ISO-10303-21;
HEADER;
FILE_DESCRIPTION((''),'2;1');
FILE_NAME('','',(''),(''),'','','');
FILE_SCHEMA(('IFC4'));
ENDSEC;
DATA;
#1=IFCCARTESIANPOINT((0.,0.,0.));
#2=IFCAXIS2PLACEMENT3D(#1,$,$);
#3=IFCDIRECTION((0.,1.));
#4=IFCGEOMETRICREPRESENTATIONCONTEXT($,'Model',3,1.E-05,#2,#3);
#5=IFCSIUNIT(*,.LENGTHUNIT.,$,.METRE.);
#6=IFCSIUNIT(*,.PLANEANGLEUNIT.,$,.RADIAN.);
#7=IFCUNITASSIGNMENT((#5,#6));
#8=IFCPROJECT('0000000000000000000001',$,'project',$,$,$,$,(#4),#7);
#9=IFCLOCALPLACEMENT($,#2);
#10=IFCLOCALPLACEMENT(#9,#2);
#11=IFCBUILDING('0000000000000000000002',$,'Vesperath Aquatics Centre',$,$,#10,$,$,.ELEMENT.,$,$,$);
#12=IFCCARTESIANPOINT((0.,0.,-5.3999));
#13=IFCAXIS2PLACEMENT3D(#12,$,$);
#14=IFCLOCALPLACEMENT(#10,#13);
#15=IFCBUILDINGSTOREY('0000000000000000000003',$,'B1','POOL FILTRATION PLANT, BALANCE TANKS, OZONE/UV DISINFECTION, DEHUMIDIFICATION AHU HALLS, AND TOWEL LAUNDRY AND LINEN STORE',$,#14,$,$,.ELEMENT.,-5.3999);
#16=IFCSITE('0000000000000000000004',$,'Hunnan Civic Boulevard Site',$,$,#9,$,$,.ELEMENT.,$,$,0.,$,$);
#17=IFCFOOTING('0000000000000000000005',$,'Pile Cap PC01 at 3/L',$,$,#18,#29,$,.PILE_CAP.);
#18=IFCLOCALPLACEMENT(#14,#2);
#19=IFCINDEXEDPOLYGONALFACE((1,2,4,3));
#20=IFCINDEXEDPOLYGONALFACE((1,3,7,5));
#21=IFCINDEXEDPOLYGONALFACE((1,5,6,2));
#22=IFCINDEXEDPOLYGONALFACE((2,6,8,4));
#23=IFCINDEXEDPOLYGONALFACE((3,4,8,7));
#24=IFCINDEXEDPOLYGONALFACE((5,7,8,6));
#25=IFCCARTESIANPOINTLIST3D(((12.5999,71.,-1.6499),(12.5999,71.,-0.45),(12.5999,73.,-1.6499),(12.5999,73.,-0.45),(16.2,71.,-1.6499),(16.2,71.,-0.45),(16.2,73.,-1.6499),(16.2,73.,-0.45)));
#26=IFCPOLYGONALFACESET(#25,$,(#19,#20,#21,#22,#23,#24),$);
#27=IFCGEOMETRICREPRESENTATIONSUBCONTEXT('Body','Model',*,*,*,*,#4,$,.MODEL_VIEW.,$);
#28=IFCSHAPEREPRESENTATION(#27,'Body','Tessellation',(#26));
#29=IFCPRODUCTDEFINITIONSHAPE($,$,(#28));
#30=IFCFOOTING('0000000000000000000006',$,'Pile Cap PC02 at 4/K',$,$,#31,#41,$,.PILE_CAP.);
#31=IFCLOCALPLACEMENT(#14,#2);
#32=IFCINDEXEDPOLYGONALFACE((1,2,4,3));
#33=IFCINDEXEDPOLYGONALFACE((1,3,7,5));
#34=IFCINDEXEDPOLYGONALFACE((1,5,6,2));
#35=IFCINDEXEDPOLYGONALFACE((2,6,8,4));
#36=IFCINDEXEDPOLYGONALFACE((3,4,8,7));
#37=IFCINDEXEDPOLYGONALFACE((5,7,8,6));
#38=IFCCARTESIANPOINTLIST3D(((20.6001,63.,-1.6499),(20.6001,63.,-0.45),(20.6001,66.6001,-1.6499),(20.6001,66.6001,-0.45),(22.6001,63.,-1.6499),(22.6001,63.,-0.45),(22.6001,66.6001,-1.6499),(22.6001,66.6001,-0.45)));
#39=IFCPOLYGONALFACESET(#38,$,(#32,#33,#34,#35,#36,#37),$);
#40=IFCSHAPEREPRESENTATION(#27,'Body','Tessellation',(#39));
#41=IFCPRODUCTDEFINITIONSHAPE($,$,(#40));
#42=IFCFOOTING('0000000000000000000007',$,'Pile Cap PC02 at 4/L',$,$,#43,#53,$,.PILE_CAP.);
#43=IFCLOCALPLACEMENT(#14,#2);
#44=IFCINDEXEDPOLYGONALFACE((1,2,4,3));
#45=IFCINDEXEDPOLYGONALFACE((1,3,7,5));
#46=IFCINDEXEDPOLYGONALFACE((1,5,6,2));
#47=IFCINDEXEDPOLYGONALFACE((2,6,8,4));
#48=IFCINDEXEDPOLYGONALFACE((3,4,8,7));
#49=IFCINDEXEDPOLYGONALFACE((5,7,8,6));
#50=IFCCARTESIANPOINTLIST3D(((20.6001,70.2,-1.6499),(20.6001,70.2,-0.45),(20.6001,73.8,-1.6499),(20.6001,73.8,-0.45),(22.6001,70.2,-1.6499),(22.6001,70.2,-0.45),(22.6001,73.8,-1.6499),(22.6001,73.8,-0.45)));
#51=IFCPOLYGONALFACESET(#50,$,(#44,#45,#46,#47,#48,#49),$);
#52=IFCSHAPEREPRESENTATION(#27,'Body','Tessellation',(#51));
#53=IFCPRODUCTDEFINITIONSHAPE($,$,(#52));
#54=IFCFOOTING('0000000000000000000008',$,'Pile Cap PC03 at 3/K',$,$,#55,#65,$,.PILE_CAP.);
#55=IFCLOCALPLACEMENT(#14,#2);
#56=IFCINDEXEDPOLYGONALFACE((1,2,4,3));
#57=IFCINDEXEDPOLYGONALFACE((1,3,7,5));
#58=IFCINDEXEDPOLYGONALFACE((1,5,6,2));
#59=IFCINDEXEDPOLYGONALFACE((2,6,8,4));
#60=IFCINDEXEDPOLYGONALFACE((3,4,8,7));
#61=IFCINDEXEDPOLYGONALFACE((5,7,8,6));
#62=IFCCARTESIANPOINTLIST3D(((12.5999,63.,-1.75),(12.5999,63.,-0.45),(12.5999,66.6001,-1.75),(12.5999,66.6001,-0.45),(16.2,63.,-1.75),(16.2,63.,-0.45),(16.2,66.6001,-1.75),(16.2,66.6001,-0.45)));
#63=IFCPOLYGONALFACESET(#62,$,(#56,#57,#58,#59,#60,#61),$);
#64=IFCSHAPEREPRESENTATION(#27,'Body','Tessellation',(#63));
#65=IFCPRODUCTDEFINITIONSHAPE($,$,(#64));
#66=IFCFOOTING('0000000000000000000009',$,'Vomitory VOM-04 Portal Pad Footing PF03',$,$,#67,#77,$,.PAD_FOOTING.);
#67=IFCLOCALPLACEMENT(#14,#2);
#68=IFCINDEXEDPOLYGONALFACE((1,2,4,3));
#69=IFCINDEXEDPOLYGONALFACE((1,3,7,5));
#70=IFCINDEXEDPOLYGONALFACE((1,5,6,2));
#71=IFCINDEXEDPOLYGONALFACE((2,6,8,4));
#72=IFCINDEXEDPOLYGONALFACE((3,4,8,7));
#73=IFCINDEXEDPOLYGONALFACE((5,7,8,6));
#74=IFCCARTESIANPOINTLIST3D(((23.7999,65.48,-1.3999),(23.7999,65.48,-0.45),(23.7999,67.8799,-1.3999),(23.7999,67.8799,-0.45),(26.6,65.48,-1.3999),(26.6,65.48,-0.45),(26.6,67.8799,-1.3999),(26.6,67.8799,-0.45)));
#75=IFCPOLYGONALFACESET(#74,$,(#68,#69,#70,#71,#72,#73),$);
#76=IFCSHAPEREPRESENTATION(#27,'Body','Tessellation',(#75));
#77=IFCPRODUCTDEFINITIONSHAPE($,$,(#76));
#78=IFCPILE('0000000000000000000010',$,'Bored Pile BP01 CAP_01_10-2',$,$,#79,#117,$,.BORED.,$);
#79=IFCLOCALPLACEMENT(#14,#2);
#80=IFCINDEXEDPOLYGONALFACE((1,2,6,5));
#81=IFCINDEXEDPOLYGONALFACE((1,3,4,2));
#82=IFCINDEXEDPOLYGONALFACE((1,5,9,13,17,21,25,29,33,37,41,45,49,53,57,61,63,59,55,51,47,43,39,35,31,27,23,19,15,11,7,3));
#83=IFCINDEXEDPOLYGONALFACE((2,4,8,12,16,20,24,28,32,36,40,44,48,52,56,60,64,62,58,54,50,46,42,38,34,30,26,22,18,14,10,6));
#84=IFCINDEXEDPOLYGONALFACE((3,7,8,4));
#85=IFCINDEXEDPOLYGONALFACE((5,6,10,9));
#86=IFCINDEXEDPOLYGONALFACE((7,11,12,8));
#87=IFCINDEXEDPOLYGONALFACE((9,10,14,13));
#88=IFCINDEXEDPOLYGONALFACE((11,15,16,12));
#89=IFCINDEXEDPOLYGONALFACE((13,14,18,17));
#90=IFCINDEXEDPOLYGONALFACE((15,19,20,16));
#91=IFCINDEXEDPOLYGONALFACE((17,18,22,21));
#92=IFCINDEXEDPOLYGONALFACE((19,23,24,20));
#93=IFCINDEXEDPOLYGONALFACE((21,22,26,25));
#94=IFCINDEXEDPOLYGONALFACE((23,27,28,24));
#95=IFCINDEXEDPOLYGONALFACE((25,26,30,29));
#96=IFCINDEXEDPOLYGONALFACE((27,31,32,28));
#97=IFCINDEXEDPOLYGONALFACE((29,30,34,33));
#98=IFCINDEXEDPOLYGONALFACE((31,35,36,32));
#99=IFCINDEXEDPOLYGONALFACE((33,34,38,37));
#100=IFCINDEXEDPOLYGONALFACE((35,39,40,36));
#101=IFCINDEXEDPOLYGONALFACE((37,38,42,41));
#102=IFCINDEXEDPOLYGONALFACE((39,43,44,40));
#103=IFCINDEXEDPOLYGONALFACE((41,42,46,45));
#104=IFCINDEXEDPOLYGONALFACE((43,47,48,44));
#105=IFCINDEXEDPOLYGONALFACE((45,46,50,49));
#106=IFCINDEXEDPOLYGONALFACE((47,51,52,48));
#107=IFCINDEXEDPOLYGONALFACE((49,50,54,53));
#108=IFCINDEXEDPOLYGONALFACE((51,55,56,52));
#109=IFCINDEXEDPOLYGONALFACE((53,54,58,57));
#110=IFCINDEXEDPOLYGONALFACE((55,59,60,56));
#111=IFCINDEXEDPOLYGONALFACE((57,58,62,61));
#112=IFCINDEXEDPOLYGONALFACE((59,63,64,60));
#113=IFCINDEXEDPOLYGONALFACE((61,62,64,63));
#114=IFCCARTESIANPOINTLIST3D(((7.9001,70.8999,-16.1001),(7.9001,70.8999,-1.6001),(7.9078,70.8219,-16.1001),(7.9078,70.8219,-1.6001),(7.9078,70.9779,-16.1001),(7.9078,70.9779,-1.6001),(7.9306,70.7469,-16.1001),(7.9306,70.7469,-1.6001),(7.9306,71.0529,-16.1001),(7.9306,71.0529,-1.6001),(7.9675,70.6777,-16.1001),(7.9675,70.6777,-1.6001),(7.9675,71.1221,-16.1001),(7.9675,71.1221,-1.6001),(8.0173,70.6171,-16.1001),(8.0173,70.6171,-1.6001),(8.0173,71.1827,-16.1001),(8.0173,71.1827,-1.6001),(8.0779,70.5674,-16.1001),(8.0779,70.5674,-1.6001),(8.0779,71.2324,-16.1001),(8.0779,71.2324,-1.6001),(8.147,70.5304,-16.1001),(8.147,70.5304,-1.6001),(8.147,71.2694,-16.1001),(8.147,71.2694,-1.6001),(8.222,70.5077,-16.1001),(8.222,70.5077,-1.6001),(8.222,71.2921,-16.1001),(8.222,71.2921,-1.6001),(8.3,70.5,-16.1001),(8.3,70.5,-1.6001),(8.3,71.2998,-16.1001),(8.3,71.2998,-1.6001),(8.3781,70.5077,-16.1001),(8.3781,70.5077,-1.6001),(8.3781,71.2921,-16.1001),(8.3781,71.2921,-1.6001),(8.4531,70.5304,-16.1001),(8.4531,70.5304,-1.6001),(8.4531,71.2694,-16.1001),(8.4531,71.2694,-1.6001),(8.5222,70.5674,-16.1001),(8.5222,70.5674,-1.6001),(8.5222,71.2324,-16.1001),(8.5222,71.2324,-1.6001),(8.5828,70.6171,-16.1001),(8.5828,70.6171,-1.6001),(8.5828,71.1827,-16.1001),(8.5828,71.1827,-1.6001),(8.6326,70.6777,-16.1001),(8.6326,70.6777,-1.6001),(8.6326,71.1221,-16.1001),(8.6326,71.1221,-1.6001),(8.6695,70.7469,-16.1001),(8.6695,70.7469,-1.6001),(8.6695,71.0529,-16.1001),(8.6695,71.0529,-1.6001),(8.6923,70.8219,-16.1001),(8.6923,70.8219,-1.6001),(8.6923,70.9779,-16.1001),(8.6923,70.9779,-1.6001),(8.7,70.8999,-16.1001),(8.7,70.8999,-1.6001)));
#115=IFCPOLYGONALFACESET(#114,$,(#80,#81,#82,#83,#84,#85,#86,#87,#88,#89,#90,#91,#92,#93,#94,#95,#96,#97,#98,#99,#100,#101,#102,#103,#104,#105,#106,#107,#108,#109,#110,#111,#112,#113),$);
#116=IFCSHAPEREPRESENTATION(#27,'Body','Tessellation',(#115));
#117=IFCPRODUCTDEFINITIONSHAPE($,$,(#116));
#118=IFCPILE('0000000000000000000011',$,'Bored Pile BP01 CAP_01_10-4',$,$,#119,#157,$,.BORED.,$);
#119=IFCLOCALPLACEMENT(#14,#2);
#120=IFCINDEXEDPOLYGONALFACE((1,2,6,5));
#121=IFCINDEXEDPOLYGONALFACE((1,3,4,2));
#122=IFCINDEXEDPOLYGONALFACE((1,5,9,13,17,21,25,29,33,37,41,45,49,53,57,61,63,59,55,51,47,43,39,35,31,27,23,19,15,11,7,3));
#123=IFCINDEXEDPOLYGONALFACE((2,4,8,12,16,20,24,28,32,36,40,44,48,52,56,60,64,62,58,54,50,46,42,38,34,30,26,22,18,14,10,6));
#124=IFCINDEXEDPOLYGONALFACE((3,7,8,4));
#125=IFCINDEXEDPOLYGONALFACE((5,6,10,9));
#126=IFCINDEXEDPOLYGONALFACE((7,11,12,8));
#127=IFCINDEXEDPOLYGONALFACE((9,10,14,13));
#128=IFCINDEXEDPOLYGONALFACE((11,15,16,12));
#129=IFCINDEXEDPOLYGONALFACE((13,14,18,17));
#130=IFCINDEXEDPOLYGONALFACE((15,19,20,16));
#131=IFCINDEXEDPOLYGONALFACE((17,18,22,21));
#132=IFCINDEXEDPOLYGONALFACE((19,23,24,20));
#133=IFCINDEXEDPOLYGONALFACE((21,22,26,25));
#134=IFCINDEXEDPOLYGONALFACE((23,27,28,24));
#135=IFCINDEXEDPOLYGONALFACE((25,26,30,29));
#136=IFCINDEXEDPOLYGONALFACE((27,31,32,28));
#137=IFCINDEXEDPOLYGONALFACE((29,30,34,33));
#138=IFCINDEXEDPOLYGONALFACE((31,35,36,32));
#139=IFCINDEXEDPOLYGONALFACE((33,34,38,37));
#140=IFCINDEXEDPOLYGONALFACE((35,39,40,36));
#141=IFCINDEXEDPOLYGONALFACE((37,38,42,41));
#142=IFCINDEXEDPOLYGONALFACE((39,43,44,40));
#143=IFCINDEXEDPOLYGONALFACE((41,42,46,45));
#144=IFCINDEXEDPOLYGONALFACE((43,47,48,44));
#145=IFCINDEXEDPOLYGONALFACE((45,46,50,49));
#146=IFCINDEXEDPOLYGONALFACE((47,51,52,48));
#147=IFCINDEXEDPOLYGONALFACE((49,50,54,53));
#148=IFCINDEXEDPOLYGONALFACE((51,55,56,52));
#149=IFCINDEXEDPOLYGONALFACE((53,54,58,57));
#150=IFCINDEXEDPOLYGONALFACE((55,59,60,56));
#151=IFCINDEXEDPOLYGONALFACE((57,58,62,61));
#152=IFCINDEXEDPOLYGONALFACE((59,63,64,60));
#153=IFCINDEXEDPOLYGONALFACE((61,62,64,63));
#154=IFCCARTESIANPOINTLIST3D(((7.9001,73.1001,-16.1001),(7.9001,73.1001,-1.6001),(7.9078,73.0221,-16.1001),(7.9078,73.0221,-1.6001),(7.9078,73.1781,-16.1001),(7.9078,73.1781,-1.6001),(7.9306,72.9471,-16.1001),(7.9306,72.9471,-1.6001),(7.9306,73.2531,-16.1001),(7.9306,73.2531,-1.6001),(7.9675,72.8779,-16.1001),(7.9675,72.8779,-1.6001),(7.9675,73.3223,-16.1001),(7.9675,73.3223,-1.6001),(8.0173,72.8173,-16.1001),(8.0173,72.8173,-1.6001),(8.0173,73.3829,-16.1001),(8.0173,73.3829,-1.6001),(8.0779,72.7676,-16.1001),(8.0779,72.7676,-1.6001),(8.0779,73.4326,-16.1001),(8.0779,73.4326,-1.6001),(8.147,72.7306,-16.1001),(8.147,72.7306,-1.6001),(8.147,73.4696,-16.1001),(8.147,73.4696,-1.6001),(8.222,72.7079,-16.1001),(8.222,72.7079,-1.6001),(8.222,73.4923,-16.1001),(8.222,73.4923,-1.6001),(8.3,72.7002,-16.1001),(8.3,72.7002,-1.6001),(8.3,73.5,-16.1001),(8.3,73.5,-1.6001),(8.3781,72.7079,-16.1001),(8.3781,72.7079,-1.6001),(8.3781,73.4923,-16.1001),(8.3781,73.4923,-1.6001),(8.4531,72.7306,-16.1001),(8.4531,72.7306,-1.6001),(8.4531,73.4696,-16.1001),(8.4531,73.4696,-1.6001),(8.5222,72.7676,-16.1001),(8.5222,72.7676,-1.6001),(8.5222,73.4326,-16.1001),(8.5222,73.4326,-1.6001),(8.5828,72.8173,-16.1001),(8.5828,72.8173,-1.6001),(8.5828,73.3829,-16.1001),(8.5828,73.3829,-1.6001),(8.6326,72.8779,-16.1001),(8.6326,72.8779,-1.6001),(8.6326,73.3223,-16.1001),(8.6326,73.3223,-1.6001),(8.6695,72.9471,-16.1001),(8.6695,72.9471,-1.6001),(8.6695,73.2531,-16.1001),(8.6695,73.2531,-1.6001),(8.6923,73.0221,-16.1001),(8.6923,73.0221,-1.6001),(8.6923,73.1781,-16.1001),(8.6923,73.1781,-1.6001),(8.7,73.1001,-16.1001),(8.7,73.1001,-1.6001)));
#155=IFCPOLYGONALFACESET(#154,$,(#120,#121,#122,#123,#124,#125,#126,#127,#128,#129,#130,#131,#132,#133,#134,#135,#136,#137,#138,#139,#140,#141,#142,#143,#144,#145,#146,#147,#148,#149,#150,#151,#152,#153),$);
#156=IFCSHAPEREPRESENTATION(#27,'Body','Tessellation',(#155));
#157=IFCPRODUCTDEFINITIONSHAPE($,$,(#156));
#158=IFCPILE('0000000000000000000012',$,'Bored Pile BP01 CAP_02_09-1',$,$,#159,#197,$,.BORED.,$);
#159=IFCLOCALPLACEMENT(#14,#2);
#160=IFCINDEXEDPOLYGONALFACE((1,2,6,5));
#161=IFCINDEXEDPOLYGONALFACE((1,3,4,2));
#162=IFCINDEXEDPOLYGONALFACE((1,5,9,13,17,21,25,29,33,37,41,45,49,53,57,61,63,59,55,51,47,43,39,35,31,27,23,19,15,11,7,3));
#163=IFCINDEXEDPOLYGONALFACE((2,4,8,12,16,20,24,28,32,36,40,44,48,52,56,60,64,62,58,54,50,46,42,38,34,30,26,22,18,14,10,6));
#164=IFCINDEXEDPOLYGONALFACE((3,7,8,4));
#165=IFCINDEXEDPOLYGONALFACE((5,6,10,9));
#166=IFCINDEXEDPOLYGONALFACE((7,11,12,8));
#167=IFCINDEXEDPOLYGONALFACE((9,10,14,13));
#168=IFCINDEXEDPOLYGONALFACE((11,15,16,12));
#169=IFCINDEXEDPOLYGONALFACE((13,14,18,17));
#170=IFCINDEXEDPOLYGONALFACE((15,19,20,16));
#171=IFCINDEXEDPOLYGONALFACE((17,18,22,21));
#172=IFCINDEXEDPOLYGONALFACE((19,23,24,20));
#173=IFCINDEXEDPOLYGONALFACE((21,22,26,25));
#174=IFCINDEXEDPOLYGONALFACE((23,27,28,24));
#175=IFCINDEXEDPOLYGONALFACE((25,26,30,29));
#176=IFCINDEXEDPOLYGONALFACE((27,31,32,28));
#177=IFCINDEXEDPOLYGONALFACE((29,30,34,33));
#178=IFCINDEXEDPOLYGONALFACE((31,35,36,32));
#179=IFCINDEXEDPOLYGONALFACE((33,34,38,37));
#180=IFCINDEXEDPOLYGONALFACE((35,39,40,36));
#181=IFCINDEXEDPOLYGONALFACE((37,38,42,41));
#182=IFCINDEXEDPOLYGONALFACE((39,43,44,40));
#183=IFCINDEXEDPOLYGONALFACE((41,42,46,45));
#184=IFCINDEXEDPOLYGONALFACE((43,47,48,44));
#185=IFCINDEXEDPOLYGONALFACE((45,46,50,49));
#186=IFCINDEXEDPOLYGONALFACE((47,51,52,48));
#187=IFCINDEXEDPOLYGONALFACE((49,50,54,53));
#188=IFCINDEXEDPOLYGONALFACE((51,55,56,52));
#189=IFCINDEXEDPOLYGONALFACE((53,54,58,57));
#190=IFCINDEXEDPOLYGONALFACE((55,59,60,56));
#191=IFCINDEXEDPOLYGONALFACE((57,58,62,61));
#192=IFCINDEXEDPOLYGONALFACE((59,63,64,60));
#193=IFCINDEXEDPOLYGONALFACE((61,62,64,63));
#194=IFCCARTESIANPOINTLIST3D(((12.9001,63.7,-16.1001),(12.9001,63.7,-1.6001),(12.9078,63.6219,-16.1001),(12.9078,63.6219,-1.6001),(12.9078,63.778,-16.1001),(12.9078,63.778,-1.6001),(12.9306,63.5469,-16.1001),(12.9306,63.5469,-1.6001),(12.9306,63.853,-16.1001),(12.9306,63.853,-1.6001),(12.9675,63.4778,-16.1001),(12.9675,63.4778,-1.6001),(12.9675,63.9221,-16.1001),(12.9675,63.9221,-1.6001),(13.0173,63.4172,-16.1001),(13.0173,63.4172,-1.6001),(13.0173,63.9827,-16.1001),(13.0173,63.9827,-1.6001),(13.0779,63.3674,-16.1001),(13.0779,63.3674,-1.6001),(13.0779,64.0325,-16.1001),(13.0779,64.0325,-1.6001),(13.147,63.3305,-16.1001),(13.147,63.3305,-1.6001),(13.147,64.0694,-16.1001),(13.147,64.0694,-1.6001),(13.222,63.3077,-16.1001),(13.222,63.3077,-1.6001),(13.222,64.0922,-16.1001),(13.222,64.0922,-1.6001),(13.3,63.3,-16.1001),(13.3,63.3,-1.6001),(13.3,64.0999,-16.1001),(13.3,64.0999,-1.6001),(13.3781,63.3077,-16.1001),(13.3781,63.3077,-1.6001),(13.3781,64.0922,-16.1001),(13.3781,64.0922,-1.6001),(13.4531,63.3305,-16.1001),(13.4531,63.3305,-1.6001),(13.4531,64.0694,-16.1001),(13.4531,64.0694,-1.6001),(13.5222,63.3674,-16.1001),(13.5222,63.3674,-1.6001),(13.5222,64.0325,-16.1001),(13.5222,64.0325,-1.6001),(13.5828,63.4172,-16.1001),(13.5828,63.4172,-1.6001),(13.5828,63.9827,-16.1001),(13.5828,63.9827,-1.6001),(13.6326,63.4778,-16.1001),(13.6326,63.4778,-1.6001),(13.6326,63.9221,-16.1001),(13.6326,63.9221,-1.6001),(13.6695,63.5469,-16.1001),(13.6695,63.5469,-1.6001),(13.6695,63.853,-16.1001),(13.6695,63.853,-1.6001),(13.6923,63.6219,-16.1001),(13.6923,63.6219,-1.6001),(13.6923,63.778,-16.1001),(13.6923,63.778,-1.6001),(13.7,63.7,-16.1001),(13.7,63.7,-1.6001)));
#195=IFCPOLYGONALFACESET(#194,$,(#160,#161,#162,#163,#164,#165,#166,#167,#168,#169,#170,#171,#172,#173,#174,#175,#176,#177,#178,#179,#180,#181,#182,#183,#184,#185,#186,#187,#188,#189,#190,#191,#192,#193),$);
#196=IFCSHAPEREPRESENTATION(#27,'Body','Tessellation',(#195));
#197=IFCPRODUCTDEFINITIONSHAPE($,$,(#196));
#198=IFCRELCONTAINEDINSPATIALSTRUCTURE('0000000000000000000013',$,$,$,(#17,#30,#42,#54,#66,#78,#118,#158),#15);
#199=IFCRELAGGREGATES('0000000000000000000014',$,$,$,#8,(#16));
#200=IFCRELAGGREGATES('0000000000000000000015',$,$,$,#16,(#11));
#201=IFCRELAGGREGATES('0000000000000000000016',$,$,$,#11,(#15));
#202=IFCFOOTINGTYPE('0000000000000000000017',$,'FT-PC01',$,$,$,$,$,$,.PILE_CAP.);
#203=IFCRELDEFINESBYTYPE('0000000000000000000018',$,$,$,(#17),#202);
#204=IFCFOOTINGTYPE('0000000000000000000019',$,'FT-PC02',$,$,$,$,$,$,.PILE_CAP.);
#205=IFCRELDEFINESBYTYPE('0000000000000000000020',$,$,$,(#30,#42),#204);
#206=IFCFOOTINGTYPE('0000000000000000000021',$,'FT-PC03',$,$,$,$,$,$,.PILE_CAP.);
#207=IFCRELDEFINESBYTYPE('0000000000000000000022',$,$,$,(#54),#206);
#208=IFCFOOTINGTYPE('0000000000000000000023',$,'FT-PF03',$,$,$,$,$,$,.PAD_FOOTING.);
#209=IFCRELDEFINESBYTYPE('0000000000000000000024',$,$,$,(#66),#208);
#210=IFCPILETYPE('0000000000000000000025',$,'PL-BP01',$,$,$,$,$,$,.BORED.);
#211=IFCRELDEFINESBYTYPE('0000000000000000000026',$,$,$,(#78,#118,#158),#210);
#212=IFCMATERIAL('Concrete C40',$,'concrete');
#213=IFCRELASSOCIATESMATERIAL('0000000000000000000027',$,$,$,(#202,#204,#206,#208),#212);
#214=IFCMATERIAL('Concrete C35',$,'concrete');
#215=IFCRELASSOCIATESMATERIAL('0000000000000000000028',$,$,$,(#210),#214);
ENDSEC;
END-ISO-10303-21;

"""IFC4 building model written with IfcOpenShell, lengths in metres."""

from ifc_helpers import new_model, si_unit, direction, frame, origin, origin_2d, place, context, subcontext, project, spatial, rectangle, circle, extrude, material, material_profile, profile_set, type_object, element, save


model = new_model("IFC4")

# Units and contexts
model_context = context("Model", 3, precision=1e-05, world=origin(), true_north=direction((0.0, 1.0)))
body_context = subcontext(model_context, "Body", "Model", "MODEL_VIEW")
ifc_project = project(units=[si_unit("LENGTHUNIT", "METRE"), si_unit("PLANEANGLEUNIT", "RADIAN")], contexts=[model_context])

# Site, building, storey
site_placement = place(None, origin())
site = spatial("IfcSite", under=ifc_project, at=site_placement, Name="Hunnan Civic Boulevard Site", CompositionType="ELEMENT", RefElevation=0.0)
building_placement = place(site_placement, origin())
building = spatial("IfcBuilding", under=site, at=building_placement, Name="Vesperath Aquatics Centre", CompositionType="ELEMENT")
storey_placement = place(building_placement, frame((0.0, 0.0, -5.3999)))
storey = spatial("IfcBuildingStorey", under=building, at=storey_placement, Name="B1", Description="POOL FILTRATION PLANT, BALANCE TANKS, OZONE/UV DISINFECTION, DEHUMIDIFICATION AHU HALLS, AND TOWEL LAUNDRY AND LINEN STORE", CompositionType="ELEMENT", Elevation=-5.3999)

# Footings
ifc_material_1 = material(Name="Concrete C40", Category="concrete")
footing_type_1 = type_object("IfcFootingType", Name="FT-PC01", PredefinedType="PILE_CAP", material=ifc_material_1)
footing_1_placement = place(storey_placement, frame((14.3999, 72.0, -1.6499), z_axis=(0.0, 0.0, 1.0), x_axis=(1.0, 0.0, 0.0)))
element("IfcFooting", 1, at=footing_1_placement, inside=storey, type_object=footing_type_1, Name="Pile Cap PC01 at 3/L", PredefinedType="PILE_CAP", context=body_context, shape_type="SweptSolid", body=[
    extrude(rectangle(XDim=3.6001, YDim=2.0, at=origin_2d()), origin(), (0.0, 0.0, 1.0), 1.2),
])
footing_type_2 = type_object("IfcFootingType", Name="FT-PC02", PredefinedType="PILE_CAP", material=ifc_material_1)
for number, where, z_axis, x_axis, name in (
    (2, (21.6001, 64.8, -1.6499), (0.0, 0.0, 1.0), (1.0, 0.0, 0.0), "Pile Cap PC02 at 4/K"),
    (3, (21.6001, 72.0, -1.6499), (0.0, 0.0, 1.0), (1.0, 0.0, 0.0), "Pile Cap PC02 at 4/L"),
):
    element("IfcFooting", number, at=place(storey_placement, frame(where, z_axis=z_axis, x_axis=x_axis)), inside=storey, type_object=footing_type_2, Name=name, PredefinedType="PILE_CAP", context=body_context, shape_type="SweptSolid", body=[
        extrude(rectangle(XDim=2.0, YDim=3.6001, at=origin_2d()), origin(), (0.0, 0.0, 1.0), 1.2),
    ])
footing_type_3 = type_object("IfcFootingType", Name="FT-PC03", PredefinedType="PILE_CAP", material=ifc_material_1)
footing_2_placement = place(storey_placement, frame((14.3999, 64.8, -1.75), z_axis=(0.0, 0.0, 1.0), x_axis=(1.0, 0.0, 0.0)))
element("IfcFooting", 4, at=footing_2_placement, inside=storey, type_object=footing_type_3, Name="Pile Cap PC03 at 3/K", PredefinedType="PILE_CAP", context=body_context, shape_type="SweptSolid", body=[
    extrude(rectangle(XDim=3.6001, YDim=3.6001, at=origin_2d()), origin(), (0.0, 0.0, 1.0), 1.3),
])
footing_type_4 = type_object("IfcFootingType", Name="FT-PF03", PredefinedType="PAD_FOOTING", material=ifc_material_1)
footing_3_placement = place(storey_placement, frame((25.2, 66.6799, -1.3999), z_axis=(0.0, 0.0, 1.0), x_axis=(1.0, 0.0, 0.0)))
element("IfcFooting", 5, at=footing_3_placement, inside=storey, type_object=footing_type_4, Name="Vomitory VOM-04 Portal Pad Footing PF03", PredefinedType="PAD_FOOTING", context=body_context, shape_type="SweptSolid", body=[
    extrude(rectangle(XDim=2.8, YDim=2.3999, at=origin_2d()), origin(), (0.0, 0.0, 1.0), 0.95),
])

# Piles
ifc_material_2 = material(Name="Concrete C35", Category="concrete")
ifc_material_profile_1 = material_profile(ifc_material_2, circle(Radius=0.3999, at=origin_2d()), Name="PILE D800")
ifc_profile_set_1 = profile_set([ifc_material_profile_1], Name="Concrete C35")
pile_type = type_object("IfcPileType", Name="PL-BP01", PredefinedType="BORED", material=ifc_profile_set_1)
for number, where, z_axis, x_axis, name in (
    (6, (8.3, 70.8999, -1.6001), (0.0, 0.0, -1.0), (1.0, 0.0, 0.0), "Bored Pile BP01 CAP_01_10-2"),
    (7, (8.3, 73.1001, -1.6001), (0.0, 0.0, -1.0), (1.0, 0.0, 0.0), "Bored Pile BP01 CAP_01_10-4"),
    (8, (13.3, 63.7, -1.6001), (0.0, 0.0, -1.0), (1.0, 0.0, 0.0), "Bored Pile BP01 CAP_02_09-1"),
):
    element("IfcPile", number, at=place(storey_placement, frame(where, z_axis=z_axis, x_axis=x_axis)), inside=storey, type_object=pile_type, Name=name, PredefinedType="BORED", context=body_context, shape_type="SweptSolid", body=[
        extrude(circle(Radius=0.3999, at=origin_2d()), origin(), (0.0, 0.0, 1.0), 14.5),
    ])

save(model, "model.ifc")
